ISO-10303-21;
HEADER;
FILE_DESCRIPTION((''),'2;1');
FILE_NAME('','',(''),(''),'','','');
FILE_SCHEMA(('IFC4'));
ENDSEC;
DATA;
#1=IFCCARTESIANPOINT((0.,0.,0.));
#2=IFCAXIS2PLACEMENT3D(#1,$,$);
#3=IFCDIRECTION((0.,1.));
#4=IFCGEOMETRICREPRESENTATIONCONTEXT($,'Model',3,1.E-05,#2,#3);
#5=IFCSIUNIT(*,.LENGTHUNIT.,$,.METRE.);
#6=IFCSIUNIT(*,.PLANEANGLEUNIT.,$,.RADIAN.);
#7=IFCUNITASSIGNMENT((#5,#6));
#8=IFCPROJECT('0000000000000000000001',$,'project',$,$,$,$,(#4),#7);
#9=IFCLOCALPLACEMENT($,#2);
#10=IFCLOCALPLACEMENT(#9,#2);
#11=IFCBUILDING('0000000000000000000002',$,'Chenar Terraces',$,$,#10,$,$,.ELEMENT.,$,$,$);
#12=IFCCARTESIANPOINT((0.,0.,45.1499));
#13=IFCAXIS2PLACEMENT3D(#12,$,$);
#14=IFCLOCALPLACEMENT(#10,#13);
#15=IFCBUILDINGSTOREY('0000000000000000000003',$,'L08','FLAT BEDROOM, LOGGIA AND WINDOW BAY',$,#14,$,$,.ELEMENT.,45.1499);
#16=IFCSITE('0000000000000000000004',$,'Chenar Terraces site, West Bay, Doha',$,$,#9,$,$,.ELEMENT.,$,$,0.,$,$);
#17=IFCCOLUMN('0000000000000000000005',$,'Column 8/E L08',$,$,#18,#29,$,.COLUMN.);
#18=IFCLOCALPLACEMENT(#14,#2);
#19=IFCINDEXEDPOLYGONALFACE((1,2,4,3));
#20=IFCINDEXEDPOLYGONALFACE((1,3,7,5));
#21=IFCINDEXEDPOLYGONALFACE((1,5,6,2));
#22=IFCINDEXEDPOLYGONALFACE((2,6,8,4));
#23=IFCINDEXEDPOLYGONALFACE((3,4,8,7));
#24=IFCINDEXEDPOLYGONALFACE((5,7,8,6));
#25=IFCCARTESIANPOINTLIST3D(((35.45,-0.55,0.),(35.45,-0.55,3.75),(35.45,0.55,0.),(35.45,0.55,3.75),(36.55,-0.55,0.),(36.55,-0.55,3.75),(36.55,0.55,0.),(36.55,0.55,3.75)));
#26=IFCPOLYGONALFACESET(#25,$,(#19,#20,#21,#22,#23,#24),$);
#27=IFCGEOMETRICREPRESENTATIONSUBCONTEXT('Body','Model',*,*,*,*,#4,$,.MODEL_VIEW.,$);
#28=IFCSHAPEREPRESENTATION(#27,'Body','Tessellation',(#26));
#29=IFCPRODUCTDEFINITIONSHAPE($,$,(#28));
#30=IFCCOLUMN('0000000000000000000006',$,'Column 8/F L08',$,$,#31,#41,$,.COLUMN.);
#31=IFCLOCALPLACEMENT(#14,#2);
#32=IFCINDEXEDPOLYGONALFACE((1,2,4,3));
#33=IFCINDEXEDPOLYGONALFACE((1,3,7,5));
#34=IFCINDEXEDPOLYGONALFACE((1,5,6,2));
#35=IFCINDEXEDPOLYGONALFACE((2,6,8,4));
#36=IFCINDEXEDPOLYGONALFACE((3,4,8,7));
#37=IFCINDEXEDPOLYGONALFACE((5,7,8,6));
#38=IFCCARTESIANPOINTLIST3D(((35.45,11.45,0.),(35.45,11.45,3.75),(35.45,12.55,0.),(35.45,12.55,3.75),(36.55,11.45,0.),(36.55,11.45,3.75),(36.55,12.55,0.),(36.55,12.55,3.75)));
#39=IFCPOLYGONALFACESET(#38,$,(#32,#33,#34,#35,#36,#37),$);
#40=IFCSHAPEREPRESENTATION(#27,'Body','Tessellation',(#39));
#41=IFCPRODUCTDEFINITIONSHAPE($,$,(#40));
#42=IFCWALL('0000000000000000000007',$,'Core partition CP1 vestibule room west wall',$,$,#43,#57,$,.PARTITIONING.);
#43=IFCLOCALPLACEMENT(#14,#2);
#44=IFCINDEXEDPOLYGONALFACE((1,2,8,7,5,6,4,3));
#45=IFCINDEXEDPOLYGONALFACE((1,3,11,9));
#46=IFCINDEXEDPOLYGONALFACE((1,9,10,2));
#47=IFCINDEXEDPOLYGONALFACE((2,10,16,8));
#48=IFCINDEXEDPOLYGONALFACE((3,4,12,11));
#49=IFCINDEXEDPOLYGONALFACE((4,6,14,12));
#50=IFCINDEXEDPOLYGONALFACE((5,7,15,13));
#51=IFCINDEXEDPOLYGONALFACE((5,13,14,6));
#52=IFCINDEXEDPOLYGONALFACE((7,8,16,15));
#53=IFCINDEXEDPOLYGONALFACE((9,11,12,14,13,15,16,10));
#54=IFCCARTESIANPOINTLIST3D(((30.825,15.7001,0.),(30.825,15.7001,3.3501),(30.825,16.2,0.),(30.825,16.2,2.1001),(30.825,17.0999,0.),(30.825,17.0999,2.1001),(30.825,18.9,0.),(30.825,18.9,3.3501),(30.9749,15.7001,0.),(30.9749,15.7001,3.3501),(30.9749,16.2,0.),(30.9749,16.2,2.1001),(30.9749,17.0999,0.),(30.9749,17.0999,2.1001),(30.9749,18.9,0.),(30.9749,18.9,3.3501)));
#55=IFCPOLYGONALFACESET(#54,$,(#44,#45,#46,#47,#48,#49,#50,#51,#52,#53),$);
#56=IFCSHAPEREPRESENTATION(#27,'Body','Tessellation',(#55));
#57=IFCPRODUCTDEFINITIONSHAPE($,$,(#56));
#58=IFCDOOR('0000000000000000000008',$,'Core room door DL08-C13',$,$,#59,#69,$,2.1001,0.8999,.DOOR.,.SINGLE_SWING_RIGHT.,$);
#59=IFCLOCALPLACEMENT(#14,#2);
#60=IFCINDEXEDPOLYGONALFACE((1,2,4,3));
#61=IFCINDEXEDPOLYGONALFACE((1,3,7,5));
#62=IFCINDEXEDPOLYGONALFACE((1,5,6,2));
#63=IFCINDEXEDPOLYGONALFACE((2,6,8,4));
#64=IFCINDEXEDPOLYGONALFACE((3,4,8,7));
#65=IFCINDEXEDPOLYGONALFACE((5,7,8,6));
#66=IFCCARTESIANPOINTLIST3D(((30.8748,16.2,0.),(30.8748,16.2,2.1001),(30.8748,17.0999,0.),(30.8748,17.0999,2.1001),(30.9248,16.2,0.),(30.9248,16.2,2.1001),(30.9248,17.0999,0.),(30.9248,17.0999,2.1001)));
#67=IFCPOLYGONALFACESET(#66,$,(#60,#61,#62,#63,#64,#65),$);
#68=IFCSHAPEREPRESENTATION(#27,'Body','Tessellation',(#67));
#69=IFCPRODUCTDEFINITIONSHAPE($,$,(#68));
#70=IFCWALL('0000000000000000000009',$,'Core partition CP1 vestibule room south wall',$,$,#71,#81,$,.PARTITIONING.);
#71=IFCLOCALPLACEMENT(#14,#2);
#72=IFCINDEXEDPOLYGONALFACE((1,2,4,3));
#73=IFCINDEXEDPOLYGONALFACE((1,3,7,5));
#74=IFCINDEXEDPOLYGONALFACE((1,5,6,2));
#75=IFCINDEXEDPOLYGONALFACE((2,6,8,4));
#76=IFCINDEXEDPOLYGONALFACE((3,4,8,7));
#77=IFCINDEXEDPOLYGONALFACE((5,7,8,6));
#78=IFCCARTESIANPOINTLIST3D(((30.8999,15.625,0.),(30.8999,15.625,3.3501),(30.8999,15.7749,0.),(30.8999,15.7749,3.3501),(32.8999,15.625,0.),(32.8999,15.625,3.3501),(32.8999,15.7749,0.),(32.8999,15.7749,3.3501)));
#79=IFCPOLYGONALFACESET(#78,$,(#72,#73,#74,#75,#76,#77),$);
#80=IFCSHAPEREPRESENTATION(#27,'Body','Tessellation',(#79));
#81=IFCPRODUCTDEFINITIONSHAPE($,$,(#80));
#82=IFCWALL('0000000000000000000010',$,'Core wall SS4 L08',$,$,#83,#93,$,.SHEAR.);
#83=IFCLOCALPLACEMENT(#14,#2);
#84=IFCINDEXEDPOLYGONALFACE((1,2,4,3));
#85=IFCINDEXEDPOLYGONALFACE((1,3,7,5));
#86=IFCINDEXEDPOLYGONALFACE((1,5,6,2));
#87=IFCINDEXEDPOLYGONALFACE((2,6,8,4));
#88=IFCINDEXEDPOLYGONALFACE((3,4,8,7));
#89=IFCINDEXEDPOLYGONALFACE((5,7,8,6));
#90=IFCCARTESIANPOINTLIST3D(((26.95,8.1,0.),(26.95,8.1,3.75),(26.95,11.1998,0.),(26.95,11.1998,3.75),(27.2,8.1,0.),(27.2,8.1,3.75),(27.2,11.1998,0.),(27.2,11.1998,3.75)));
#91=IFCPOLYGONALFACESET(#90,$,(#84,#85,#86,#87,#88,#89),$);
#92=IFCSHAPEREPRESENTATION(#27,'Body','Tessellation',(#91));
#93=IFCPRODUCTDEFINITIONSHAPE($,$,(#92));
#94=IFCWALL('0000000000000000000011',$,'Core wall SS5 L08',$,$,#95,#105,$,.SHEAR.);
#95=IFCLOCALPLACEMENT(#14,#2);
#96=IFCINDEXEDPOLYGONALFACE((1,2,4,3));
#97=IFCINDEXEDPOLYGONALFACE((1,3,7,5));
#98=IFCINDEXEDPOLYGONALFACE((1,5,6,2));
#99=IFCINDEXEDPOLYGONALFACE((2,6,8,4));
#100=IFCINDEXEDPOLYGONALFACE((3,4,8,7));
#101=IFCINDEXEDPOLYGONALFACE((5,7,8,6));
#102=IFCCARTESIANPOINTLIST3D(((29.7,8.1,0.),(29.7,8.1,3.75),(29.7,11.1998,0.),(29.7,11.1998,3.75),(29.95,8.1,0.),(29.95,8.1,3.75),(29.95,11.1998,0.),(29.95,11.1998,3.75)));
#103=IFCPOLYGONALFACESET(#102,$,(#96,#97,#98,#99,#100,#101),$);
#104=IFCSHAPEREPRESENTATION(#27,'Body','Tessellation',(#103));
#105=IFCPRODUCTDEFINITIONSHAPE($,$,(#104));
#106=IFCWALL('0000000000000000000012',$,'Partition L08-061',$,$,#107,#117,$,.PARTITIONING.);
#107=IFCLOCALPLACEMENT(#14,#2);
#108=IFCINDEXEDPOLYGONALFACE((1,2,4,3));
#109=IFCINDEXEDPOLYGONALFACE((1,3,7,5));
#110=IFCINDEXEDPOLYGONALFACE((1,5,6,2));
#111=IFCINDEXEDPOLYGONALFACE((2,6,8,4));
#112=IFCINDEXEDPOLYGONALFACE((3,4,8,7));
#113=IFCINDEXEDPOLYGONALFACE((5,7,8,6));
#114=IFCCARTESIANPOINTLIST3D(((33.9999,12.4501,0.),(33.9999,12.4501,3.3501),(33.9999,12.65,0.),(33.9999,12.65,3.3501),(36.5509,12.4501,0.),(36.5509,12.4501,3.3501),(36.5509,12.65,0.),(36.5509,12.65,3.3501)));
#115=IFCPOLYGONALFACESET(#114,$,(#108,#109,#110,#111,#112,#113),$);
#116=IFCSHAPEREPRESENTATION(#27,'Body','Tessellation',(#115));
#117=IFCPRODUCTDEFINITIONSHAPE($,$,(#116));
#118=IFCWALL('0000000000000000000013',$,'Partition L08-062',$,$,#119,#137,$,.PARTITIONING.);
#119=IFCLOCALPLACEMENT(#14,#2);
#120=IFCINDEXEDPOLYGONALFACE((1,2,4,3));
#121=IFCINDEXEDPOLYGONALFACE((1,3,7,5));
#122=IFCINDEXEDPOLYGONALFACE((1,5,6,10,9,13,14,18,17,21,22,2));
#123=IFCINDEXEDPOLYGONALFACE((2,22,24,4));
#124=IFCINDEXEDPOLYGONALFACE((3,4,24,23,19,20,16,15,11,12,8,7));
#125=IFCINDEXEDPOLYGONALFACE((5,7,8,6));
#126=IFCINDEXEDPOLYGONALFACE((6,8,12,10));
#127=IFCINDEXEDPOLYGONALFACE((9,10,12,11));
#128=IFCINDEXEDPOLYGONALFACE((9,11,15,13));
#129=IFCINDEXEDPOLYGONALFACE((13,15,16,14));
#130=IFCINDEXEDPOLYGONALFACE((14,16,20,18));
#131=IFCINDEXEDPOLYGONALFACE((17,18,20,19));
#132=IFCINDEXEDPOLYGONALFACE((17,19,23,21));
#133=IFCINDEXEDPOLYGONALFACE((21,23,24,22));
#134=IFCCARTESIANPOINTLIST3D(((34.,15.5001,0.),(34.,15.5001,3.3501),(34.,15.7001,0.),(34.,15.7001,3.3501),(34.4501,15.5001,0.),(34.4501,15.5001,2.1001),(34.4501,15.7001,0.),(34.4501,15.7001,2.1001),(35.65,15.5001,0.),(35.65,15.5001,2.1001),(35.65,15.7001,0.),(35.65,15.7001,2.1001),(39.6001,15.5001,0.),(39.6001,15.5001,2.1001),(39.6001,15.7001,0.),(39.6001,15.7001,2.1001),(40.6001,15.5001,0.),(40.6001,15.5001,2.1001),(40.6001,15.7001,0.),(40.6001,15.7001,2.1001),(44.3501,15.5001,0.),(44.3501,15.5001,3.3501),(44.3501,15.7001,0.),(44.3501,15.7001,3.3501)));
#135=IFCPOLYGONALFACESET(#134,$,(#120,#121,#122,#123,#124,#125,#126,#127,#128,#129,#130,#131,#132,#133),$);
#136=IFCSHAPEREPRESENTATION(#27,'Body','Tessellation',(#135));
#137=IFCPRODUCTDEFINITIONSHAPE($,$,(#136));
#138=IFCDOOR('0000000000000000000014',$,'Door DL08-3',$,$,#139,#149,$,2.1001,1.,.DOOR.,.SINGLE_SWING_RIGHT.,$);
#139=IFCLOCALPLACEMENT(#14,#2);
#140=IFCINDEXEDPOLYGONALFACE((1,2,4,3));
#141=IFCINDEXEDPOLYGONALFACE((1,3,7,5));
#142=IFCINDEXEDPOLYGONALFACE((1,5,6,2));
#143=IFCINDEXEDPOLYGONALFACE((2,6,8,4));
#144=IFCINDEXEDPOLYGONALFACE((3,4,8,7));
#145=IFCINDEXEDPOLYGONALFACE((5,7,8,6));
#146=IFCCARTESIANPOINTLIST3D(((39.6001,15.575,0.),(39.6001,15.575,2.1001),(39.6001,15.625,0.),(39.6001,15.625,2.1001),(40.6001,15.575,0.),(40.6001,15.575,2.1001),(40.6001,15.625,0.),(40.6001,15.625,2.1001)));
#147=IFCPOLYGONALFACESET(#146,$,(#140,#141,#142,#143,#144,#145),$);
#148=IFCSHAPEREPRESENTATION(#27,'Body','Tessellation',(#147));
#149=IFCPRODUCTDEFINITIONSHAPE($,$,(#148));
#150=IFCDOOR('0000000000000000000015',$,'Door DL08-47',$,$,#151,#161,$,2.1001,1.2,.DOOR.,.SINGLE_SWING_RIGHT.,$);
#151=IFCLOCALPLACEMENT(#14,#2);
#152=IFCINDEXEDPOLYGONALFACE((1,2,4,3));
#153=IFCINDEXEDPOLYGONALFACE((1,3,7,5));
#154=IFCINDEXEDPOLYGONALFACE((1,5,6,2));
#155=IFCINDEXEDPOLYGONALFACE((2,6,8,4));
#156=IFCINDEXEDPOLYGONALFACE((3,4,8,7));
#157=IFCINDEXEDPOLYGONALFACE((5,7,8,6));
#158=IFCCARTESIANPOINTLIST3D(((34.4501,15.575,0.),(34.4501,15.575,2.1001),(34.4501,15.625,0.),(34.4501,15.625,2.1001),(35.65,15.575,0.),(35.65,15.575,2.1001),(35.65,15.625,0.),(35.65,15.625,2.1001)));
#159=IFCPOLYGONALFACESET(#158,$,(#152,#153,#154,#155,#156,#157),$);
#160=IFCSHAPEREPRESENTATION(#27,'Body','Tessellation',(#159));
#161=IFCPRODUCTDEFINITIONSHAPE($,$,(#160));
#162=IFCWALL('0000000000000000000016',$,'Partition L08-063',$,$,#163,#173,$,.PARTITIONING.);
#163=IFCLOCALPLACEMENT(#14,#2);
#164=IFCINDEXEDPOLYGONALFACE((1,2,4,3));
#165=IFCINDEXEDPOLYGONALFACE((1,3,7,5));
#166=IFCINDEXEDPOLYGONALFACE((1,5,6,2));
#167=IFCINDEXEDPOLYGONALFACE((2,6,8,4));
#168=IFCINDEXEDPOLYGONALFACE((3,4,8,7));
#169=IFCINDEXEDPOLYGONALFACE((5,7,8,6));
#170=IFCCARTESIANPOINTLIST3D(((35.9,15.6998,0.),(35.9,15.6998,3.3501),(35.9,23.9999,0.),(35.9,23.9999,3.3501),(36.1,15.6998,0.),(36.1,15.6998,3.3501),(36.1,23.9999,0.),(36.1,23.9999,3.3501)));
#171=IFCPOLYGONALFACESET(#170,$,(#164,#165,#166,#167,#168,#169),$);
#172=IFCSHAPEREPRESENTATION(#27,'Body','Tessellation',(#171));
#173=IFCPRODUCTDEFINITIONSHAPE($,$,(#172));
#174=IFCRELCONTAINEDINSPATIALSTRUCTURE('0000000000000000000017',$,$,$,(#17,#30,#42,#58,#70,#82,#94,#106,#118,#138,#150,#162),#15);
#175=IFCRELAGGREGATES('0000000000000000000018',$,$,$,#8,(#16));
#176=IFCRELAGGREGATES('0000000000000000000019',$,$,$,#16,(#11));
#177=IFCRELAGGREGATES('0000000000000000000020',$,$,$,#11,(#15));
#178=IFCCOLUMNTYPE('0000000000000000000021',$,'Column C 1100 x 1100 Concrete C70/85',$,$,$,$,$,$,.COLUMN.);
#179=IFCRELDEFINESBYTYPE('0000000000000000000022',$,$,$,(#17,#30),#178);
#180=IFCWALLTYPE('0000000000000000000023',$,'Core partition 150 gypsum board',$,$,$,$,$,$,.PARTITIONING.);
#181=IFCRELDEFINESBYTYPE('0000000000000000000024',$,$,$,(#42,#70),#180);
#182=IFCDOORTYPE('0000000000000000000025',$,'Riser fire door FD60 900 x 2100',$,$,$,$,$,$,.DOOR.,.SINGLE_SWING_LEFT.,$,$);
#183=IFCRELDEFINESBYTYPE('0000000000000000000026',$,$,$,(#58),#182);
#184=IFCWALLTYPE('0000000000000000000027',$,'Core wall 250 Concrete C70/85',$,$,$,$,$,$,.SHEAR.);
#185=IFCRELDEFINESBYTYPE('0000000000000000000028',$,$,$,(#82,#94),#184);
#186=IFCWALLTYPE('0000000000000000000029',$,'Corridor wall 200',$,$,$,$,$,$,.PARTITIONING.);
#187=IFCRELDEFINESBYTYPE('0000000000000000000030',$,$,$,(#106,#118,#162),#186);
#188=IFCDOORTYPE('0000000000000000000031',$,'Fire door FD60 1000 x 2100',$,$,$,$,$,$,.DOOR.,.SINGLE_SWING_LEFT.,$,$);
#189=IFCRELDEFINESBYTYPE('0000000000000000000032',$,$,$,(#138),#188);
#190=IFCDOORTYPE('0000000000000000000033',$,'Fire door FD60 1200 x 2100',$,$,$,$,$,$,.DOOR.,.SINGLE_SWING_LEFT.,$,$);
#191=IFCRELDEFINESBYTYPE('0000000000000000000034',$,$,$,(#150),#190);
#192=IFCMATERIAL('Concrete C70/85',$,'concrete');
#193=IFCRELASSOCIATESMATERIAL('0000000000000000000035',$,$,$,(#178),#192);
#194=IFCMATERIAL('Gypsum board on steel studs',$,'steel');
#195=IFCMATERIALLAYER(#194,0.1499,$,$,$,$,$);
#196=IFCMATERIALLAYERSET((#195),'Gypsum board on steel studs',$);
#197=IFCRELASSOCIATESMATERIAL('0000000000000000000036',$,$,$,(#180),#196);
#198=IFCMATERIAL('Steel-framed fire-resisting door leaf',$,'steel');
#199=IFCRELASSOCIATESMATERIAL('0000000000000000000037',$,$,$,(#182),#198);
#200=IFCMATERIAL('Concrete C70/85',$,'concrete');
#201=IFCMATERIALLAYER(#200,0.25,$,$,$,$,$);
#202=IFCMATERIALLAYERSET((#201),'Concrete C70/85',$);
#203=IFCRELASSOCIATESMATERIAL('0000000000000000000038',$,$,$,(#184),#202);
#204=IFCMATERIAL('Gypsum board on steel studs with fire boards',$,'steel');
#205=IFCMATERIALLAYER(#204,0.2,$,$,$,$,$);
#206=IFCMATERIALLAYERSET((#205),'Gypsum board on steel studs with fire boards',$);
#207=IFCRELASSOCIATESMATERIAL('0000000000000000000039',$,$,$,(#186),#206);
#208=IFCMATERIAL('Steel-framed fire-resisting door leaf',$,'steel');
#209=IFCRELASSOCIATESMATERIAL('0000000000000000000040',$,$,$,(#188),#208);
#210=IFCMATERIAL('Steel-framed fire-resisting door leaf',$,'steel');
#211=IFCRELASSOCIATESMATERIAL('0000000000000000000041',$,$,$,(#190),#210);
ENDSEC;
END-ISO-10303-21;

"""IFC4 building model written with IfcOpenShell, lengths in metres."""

from ifc_helpers import new_model, si_unit, direction, frame, frame_2d, origin, origin_2d, place, context, subcontext, project, spatial, rectangle, extrude, material, layer, layer_set, material_profile, profile_set, type_object, element, fill, save


model = new_model("IFC4")

# Units and contexts
model_context = context("Model", 3, precision=1e-05, world=origin(), true_north=direction((0.0, 1.0)))
body_context = subcontext(model_context, "Body", "Model", "MODEL_VIEW")
ifc_project = project(units=[si_unit("LENGTHUNIT", "METRE"), si_unit("PLANEANGLEUNIT", "RADIAN")], contexts=[model_context])

# Site, building, storey
site_placement = place(None, origin())
site = spatial("IfcSite", under=ifc_project, at=site_placement, Name="Chenar Terraces site, West Bay, Doha", CompositionType="ELEMENT", RefElevation=0.0)
building_placement = place(site_placement, origin())
building = spatial("IfcBuilding", under=site, at=building_placement, Name="Chenar Terraces", CompositionType="ELEMENT")
storey_placement = place(building_placement, frame((0.0, 0.0, 45.1499)))
storey = spatial("IfcBuildingStorey", under=building, at=storey_placement, Name="L08", Description="FLAT BEDROOM, LOGGIA AND WINDOW BAY", CompositionType="ELEMENT", Elevation=45.1499)

# Columns
ifc_material_1 = material(Name="Concrete C70/85", Category="concrete")
ifc_material_profile = material_profile(ifc_material_1, rectangle(XDim=1.1001, YDim=1.1001, at=origin_2d()), Name="C 1100 x 1100")
ifc_profile_set = profile_set([ifc_material_profile], Name="Concrete C70/85")
column_type = type_object("IfcColumnType", Name="Column C 1100 x 1100 Concrete C70/85", PredefinedType="COLUMN", material=ifc_profile_set)
for number, where, z_axis, x_axis, name in (
    (1, (36.0, 0.0, 0.0), (0.0, 0.0, 1.0), (1.0, 0.0, 0.0), "Column 8/E L08"),
    (2, (36.0, 12.0, 0.0), (0.0, 0.0, 1.0), (1.0, 0.0, 0.0), "Column 8/F L08"),
):
    element("IfcColumn", number, at=place(storey_placement, frame(where, z_axis=z_axis, x_axis=x_axis)), inside=storey, type_object=column_type, Name=name, PredefinedType="COLUMN", context=body_context, shape_type="SweptSolid", body=[
        extrude(rectangle(XDim=1.1001, YDim=1.1001, at=origin_2d()), origin(), (0.0, 0.0, 1.0), 3.75),
    ])

# Wall, opening, door
ifc_material_2 = material(Name="Gypsum board on steel studs", Category="steel")
ifc_layer_1 = layer(ifc_material_2, 0.1499)
ifc_layer_set_1 = layer_set([ifc_layer_1], Name="Gypsum board on steel studs")
wall_type_1 = type_object("IfcWallType", Name="Core partition 150 gypsum board", PredefinedType="PARTITIONING", material=ifc_layer_set_1)
wall_1_placement = place(storey_placement, frame((30.8999, 15.7, 0.0), z_axis=(0.0, 0.0, 1.0), x_axis=(0.0, 1.0, 0.0)))
wall_1 = element("IfcWall", 3, at=wall_1_placement, inside=storey, type_object=wall_type_1, Name="Core partition CP1 vestibule room west wall", PredefinedType="PARTITIONING", context=body_context, shape_type="SweptSolid", body=[
    extrude(rectangle(XDim=3.2, YDim=0.1499, at=frame_2d((1.6001, 0.0))), origin(), (0.0, 0.0, 1.0), 3.3501),
])
opening_1_placement = place(wall_1_placement, frame((0.5, 0.0, 0.0)))
opening_1 = element("IfcOpeningElement", 4, at=opening_1_placement, cuts=wall_1, PredefinedType="OPENING", context=body_context, shape_type="SweptSolid", body=[
    extrude(rectangle(XDim=0.8999, YDim=2.1001, at=frame_2d((0.45, 1.05))), frame((0.0, 0.085, 0.0), z_axis=(0.0, -1.0, 0.0), x_axis=(1.0, 0.0, 0.0)), (0.0, 0.0, 1.0), 0.1699),
])
ifc_material_3 = material(Name="Steel-framed fire-resisting door leaf", Category="steel")
door_type_1 = type_object("IfcDoorType", Name="Riser fire door FD60 900 x 2100", OperationType="SINGLE_SWING_LEFT", PredefinedType="DOOR", material=ifc_material_3)
door_1_placement = place(opening_1_placement, frame((0.8999, 0.0, 0.0), z_axis=(0.0, 0.0, 1.0), x_axis=(-1.0, 0.0, 0.0)))
door_1 = element("IfcDoor", 5, at=door_1_placement, inside=storey, type_object=door_type_1, Name="Core room door DL08-C13", OperationType="SINGLE_SWING_RIGHT", OverallHeight=2.1001, OverallWidth=0.8999, PredefinedType="DOOR", context=body_context, shape_type="SweptSolid", body=[
    extrude(rectangle(XDim=0.8999, YDim=2.1001, at=frame_2d((0.45, 1.05))), frame((0.0, 0.0249, 0.0), z_axis=(0.0, -1.0, 0.0), x_axis=(1.0, 0.0, 0.0)), (0.0, 0.0, 1.0), 0.05),
])
fill(opening_1, door_1)

# Wall
wall_2_placement = place(storey_placement, frame((30.8999, 15.7, 0.0), z_axis=(0.0, 0.0, 1.0), x_axis=(1.0, 0.0, 0.0)))
element("IfcWall", 6, at=wall_2_placement, inside=storey, type_object=wall_type_1, Name="Core partition CP1 vestibule room south wall", PredefinedType="PARTITIONING", context=body_context, shape_type="SweptSolid", body=[
    extrude(rectangle(XDim=2.0, YDim=0.1499, at=frame_2d((1.0, 0.0))), origin(), (0.0, 0.0, 1.0), 3.3501),
])

# Walls
ifc_material_4 = material(Name="Concrete C70/85", Category="concrete")
ifc_layer_2 = layer(ifc_material_4, 0.25)
ifc_layer_set_2 = layer_set([ifc_layer_2], Name="Concrete C70/85")
wall_type_2 = type_object("IfcWallType", Name="Core wall 250 Concrete C70/85", PredefinedType="SHEAR", material=ifc_layer_set_2)
for number, where, z_axis, x_axis, name in (
    (7, (27.075, 8.1001, 0.0), (0.0, 0.0, 1.0), (0.0, 1.0, 0.0), "Core wall SS4 L08"),
    (8, (29.825, 8.1001, 0.0), (0.0, 0.0, 1.0), (0.0, 1.0, 0.0), "Core wall SS5 L08"),
):
    element("IfcWall", number, at=place(storey_placement, frame(where, z_axis=z_axis, x_axis=x_axis)), inside=storey, type_object=wall_type_2, Name=name, PredefinedType="SHEAR", context=body_context, shape_type="SweptSolid", body=[
        extrude(rectangle(XDim=3.0999, YDim=0.25, at=frame_2d((1.5498, 0.0))), origin(), (0.0, 0.0, 1.0), 3.75),
    ])
ifc_material_5 = material(Name="Gypsum board on steel studs with fire boards", Category="steel")
ifc_layer_3 = layer(ifc_material_5, 0.2)
ifc_layer_set_3 = layer_set([ifc_layer_3], Name="Gypsum board on steel studs with fire boards")
wall_type_3 = type_object("IfcWallType", Name="Corridor wall 200", PredefinedType="PARTITIONING", material=ifc_layer_set_3)
wall_3_placement = place(storey_placement, frame((34.0, 12.55, 0.0), z_axis=(0.0, 0.0, 1.0), x_axis=(1.0, 0.0, 0.0)))
element("IfcWall", 9, at=wall_3_placement, inside=storey, type_object=wall_type_3, Name="Partition L08-061", PredefinedType="PARTITIONING", context=body_context, shape_type="SweptSolid", body=[
    extrude(rectangle(XDim=2.551, YDim=0.2, at=frame_2d((1.2754, 0.0))), origin(), (0.0, 0.0, 1.0), 3.3501),
])

# Wall, openings, doors
wall_4_placement = place(storey_placement, frame((34.0, 15.6001, 0.0), z_axis=(0.0, 0.0, 1.0), x_axis=(1.0, 0.0, 0.0)))
wall_4 = element("IfcWall", 10, at=wall_4_placement, inside=storey, type_object=wall_type_3, Name="Partition L08-062", PredefinedType="PARTITIONING", context=body_context, shape_type="SweptSolid", body=[
    extrude(rectangle(XDim=10.3501, YDim=0.2, at=frame_2d((5.175, 0.0))), origin(), (0.0, 0.0, 1.0), 3.3501),
])
opening_2_placement = place(wall_4_placement, frame((5.6001, 0.0, 0.0)))
opening_2 = element("IfcOpeningElement", 11, at=opening_2_placement, cuts=wall_4, PredefinedType="OPENING", context=body_context, shape_type="SweptSolid", body=[
    extrude(rectangle(XDim=1.0, YDim=2.1001, at=frame_2d((0.5, 1.05))), frame((0.0, 0.1099, 0.0), z_axis=(0.0, -1.0, 0.0), x_axis=(1.0, 0.0, 0.0)), (0.0, 0.0, 1.0), 0.22),
])
opening_3_placement = place(wall_4_placement, frame((0.45, 0.0, 0.0)))
opening_3 = element("IfcOpeningElement", 12, at=opening_3_placement, cuts=wall_4, PredefinedType="OPENING", context=body_context, shape_type="SweptSolid", body=[
    extrude(rectangle(XDim=1.2, YDim=2.1001, at=frame_2d((0.6001, 1.05))), frame((0.0, 0.1099, 0.0), z_axis=(0.0, -1.0, 0.0), x_axis=(1.0, 0.0, 0.0)), (0.0, 0.0, 1.0), 0.22),
])
ifc_material_6 = material(Name="Steel-framed fire-resisting door leaf", Category="steel")
door_type_2 = type_object("IfcDoorType", Name="Fire door FD60 1000 x 2100", OperationType="SINGLE_SWING_LEFT", PredefinedType="DOOR", material=ifc_material_6)
door_2_placement = place(opening_2_placement, origin())
door_2 = element("IfcDoor", 13, at=door_2_placement, inside=storey, type_object=door_type_2, Name="Door DL08-3", OperationType="SINGLE_SWING_RIGHT", OverallHeight=2.1001, OverallWidth=1.0, PredefinedType="DOOR", context=body_context, shape_type="SweptSolid", body=[
    extrude(rectangle(XDim=1.0, YDim=2.1001, at=frame_2d((0.5, 1.05))), frame((0.0, 0.0249, 0.0), z_axis=(0.0, -1.0, 0.0), x_axis=(1.0, 0.0, 0.0)), (0.0, 0.0, 1.0), 0.05),
])
fill(opening_2, door_2)
ifc_material_7 = material(Name="Steel-framed fire-resisting door leaf", Category="steel")
door_type_3 = type_object("IfcDoorType", Name="Fire door FD60 1200 x 2100", OperationType="SINGLE_SWING_LEFT", PredefinedType="DOOR", material=ifc_material_7)
door_3_placement = place(opening_3_placement, origin())
door_3 = element("IfcDoor", 14, at=door_3_placement, inside=storey, type_object=door_type_3, Name="Door DL08-47", OperationType="SINGLE_SWING_RIGHT", OverallHeight=2.1001, OverallWidth=1.2, PredefinedType="DOOR", context=body_context, shape_type="SweptSolid", body=[
    extrude(rectangle(XDim=1.2, YDim=2.1001, at=frame_2d((0.6001, 1.05))), frame((0.0, 0.0249, 0.0), z_axis=(0.0, -1.0, 0.0), x_axis=(1.0, 0.0, 0.0)), (0.0, 0.0, 1.0), 0.05),
])
fill(opening_3, door_3)

# Wall
wall_5_placement = place(storey_placement, frame((36.0, 15.7, 0.0), z_axis=(0.0, 0.0, 1.0), x_axis=(0.0, 1.0, 0.0)))
element("IfcWall", 15, at=wall_5_placement, inside=storey, type_object=wall_type_3, Name="Partition L08-063", PredefinedType="PARTITIONING", context=body_context, shape_type="SweptSolid", body=[
    extrude(rectangle(XDim=8.3, YDim=0.2, at=frame_2d((4.1499, 0.0))), origin(), (0.0, 0.0, 1.0), 3.3501),
])

save(model, "model.ifc")
